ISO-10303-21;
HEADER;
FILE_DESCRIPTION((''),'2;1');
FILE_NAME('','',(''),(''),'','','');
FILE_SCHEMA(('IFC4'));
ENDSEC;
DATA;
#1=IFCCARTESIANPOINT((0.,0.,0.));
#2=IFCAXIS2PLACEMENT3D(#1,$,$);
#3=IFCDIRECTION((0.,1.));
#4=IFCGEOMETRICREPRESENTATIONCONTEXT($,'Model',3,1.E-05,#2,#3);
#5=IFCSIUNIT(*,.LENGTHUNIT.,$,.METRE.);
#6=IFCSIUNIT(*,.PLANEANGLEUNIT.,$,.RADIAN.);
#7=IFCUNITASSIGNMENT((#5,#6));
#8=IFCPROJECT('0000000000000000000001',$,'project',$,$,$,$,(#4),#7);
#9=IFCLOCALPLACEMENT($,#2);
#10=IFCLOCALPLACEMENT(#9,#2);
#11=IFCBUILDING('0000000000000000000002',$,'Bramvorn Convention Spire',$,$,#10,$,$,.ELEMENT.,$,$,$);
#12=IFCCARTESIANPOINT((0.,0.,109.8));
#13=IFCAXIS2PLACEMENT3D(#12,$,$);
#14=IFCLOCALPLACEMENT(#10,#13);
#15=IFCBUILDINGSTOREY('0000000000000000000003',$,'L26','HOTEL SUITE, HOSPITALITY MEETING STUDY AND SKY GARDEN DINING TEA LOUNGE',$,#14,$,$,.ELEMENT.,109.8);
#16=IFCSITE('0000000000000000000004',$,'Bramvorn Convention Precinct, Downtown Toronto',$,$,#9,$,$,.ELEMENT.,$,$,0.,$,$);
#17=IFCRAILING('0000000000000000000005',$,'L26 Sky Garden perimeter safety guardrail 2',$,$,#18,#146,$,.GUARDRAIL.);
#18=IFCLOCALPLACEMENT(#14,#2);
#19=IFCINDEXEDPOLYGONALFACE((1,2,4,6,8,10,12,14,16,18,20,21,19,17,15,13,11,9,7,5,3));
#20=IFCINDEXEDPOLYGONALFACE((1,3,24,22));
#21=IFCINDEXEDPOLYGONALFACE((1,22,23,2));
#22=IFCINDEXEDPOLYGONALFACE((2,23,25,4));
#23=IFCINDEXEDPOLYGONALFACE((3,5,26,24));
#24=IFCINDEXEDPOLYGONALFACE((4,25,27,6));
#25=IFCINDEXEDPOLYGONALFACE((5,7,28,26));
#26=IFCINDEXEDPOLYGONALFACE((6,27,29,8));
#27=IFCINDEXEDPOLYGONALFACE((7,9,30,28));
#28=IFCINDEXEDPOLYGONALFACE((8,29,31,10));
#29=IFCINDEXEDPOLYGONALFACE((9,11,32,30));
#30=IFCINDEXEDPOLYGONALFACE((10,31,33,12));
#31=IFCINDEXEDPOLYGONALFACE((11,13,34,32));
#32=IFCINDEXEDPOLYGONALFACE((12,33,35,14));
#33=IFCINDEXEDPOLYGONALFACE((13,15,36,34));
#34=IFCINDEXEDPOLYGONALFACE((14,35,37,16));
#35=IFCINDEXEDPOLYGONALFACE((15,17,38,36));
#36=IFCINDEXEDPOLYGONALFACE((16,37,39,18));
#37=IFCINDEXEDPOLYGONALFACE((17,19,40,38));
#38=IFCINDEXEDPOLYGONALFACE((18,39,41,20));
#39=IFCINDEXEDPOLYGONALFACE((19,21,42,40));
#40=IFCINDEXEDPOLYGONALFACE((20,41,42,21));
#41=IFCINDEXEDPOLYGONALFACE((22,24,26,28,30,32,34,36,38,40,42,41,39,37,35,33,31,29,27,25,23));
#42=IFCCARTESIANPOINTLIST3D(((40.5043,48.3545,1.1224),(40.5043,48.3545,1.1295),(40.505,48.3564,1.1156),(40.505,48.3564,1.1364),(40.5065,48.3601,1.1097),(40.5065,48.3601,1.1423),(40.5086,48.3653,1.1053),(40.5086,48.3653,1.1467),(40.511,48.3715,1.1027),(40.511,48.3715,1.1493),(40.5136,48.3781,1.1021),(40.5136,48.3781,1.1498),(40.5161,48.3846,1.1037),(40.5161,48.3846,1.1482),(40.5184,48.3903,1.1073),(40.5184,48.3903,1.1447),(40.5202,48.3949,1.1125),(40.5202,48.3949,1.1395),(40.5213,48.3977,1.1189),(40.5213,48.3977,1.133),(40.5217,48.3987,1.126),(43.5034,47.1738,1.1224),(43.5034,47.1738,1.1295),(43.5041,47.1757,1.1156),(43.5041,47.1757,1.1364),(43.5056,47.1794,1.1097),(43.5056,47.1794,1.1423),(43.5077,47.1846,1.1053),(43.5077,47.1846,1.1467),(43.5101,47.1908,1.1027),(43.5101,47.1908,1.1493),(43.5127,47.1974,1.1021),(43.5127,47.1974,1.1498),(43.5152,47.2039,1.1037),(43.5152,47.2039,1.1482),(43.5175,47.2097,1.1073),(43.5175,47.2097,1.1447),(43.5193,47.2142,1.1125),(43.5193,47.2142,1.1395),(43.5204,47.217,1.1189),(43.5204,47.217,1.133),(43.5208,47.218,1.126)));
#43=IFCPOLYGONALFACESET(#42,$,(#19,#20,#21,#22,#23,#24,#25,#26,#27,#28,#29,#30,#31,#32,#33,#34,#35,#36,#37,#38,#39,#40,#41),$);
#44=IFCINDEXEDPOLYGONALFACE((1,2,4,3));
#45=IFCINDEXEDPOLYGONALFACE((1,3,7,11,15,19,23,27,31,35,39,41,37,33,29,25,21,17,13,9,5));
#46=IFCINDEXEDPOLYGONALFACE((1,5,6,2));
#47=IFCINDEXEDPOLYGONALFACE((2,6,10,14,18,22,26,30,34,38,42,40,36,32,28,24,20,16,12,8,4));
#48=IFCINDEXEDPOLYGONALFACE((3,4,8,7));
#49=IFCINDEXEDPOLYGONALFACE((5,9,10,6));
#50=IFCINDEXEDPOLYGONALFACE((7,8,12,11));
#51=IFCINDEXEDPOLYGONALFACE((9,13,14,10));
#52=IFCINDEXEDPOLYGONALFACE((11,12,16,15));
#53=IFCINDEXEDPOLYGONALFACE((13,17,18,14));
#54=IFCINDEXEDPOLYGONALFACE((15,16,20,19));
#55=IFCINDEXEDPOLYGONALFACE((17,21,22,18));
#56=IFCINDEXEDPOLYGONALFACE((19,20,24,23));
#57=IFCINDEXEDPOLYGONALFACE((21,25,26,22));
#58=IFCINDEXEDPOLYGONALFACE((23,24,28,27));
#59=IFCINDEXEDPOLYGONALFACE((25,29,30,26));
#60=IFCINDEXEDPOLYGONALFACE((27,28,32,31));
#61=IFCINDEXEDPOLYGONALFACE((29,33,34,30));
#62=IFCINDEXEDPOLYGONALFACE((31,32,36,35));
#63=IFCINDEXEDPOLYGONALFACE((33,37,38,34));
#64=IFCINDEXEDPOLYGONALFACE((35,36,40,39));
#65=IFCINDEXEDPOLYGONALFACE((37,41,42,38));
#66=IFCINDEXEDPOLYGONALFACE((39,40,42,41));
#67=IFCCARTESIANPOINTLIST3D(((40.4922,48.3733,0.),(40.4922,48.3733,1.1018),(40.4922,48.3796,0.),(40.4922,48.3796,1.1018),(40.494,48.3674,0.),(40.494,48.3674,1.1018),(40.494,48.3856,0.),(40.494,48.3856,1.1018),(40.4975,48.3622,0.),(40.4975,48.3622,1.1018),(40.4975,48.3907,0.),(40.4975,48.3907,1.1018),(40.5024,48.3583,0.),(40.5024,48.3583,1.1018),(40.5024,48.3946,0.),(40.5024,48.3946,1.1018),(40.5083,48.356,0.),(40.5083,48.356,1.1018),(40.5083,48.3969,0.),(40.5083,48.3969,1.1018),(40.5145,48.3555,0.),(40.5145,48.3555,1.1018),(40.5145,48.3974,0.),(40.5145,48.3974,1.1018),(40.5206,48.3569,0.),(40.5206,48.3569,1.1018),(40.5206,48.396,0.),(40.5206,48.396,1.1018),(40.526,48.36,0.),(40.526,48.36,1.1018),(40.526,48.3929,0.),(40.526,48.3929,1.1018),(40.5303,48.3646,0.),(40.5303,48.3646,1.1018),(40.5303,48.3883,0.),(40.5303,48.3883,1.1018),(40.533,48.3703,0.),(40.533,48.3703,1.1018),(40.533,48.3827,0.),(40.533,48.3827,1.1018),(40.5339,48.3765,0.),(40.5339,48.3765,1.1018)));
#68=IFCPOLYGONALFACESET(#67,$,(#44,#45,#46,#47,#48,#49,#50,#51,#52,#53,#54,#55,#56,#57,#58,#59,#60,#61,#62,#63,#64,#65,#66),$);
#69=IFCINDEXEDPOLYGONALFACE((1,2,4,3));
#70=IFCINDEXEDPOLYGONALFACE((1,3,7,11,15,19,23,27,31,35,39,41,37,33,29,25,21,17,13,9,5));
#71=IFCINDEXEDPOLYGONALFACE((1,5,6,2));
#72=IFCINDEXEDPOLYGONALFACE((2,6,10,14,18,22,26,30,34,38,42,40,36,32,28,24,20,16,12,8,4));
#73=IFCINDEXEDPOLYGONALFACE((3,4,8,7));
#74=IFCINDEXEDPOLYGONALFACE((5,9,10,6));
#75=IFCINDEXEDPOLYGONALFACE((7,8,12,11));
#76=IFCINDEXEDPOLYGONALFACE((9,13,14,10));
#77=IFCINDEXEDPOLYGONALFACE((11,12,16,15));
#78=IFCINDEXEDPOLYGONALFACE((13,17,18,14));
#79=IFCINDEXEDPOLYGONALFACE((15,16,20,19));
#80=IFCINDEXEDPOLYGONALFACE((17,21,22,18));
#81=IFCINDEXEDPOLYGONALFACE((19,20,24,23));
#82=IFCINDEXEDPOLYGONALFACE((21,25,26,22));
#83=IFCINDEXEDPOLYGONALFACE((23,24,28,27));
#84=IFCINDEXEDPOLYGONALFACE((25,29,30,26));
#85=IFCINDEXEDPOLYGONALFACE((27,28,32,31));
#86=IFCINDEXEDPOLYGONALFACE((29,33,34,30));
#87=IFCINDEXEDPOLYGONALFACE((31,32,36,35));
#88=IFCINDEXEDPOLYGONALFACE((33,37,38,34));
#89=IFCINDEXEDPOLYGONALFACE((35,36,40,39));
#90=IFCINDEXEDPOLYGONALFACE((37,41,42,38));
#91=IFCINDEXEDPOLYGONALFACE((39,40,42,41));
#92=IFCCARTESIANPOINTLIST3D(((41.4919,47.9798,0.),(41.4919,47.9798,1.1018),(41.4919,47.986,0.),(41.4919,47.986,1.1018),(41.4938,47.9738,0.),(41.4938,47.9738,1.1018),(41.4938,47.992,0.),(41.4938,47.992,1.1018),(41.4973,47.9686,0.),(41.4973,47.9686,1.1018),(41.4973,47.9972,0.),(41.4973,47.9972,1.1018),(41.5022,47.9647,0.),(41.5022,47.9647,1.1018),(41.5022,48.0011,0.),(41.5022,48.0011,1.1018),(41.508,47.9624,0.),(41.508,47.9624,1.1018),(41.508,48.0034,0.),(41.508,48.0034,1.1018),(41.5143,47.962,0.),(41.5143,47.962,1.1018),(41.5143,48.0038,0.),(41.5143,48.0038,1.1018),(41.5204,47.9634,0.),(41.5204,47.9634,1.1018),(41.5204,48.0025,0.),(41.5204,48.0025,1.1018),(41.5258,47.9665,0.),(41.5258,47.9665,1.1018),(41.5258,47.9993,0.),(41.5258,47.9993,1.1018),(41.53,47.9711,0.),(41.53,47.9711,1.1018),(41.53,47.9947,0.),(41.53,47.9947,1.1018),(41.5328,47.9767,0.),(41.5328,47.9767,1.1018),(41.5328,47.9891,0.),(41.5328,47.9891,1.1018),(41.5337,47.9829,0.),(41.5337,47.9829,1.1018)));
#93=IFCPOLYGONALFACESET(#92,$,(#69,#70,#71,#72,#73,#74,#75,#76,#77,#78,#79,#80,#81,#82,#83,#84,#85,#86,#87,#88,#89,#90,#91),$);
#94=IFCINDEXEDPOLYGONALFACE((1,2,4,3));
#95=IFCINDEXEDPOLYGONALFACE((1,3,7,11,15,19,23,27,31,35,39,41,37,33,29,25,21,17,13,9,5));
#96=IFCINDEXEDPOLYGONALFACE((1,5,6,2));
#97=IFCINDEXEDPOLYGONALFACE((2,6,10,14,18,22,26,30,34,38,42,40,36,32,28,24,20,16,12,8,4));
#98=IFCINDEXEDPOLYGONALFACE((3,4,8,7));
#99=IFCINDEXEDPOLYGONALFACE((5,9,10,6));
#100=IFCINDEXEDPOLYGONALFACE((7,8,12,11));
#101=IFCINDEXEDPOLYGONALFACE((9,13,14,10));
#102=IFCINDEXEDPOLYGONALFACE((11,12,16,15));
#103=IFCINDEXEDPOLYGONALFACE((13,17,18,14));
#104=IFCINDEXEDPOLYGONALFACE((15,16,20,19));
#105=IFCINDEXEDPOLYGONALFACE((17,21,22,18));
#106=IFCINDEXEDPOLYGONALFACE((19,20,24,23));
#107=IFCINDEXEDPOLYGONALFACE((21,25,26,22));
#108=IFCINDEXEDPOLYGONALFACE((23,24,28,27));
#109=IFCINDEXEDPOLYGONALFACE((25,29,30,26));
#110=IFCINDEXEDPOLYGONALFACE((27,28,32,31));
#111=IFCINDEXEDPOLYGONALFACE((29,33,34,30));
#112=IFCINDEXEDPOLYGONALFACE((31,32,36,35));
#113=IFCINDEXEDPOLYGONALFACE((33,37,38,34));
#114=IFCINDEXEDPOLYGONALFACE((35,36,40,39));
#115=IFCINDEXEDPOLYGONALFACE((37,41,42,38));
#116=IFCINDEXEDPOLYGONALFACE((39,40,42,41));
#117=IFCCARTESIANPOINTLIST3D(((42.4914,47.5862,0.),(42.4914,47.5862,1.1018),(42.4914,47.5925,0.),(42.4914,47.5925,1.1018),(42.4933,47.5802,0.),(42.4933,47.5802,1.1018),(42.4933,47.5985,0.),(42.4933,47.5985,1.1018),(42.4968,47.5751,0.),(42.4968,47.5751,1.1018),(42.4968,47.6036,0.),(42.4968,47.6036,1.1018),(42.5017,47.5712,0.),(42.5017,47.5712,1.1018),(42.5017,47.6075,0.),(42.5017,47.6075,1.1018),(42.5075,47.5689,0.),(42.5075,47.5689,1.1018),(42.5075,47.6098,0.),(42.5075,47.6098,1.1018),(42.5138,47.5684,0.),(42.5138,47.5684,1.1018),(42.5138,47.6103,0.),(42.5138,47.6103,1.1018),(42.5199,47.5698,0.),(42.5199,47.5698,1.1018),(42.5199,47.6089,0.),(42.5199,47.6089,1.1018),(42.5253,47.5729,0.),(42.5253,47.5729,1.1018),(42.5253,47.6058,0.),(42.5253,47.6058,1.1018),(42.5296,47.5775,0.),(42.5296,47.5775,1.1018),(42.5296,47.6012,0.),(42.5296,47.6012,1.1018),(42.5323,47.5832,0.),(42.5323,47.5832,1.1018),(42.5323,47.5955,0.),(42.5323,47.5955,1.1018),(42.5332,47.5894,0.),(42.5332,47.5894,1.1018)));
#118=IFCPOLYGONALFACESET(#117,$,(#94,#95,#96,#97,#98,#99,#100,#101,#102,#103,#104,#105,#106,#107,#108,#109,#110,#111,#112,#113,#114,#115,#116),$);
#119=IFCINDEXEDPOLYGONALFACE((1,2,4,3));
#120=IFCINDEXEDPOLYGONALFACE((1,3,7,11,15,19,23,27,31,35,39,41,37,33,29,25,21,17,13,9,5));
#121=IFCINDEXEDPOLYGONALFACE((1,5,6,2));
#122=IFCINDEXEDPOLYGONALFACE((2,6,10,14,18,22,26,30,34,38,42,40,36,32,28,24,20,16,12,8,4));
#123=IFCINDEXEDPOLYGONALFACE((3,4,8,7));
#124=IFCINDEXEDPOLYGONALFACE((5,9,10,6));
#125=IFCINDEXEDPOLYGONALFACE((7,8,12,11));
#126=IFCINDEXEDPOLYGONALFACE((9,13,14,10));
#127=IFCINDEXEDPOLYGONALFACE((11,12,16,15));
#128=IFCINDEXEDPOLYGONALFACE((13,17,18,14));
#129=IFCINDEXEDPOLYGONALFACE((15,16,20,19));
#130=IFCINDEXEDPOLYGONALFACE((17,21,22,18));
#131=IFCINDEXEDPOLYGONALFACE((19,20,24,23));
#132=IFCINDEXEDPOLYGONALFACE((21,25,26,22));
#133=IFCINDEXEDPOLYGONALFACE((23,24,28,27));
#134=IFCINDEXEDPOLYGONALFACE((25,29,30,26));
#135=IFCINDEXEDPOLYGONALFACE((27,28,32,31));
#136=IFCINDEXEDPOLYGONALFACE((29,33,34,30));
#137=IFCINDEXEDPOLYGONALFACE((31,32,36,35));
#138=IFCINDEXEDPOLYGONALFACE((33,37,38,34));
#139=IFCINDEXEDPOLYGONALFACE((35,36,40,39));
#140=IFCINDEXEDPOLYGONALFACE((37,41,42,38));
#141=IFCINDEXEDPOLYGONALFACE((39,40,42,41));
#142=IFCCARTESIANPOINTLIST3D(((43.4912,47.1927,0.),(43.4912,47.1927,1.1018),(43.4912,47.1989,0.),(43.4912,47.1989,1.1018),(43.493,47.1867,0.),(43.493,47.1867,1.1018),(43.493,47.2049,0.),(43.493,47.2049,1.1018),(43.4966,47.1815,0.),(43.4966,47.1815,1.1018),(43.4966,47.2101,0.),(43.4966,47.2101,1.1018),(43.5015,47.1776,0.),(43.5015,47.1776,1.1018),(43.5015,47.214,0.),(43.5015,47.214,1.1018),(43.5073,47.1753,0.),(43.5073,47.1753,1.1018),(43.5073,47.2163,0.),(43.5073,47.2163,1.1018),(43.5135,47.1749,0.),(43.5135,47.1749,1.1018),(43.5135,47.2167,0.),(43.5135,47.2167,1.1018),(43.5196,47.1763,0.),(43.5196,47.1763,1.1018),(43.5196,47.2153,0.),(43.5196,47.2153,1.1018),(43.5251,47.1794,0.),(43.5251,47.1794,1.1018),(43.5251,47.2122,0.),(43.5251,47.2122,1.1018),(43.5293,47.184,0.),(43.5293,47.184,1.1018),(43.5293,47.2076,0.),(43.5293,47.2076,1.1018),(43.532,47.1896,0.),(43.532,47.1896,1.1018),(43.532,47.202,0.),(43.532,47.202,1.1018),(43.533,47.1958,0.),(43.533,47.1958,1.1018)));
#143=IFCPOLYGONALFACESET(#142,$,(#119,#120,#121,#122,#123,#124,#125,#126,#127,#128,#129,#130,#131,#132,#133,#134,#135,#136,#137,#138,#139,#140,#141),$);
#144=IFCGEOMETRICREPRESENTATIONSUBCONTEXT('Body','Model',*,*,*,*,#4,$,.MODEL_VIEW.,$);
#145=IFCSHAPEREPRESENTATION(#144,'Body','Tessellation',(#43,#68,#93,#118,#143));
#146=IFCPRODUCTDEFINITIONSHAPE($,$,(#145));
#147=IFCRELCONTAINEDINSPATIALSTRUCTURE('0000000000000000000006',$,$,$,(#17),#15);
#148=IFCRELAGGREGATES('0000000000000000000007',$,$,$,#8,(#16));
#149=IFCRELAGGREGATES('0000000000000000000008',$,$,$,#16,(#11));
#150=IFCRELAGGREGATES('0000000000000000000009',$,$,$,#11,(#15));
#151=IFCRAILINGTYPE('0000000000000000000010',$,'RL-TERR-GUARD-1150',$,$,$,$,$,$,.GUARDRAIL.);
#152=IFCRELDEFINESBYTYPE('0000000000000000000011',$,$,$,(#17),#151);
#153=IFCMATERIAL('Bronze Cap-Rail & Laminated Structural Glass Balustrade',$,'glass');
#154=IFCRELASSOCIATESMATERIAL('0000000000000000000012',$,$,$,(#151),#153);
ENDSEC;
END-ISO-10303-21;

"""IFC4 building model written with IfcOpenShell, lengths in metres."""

from ifc_helpers import new_model, si_unit, direction, frame, origin, origin_2d, place, context, subcontext, project, spatial, circle, extrude, material, type_object, element, save


model = new_model("IFC4")

# Units and contexts
model_context = context("Model", 3, precision=1e-05, world=origin(), true_north=direction((0.0, 1.0)))
body_context = subcontext(model_context, "Body", "Model", "MODEL_VIEW")
ifc_project = project(units=[si_unit("LENGTHUNIT", "METRE"), si_unit("PLANEANGLEUNIT", "RADIAN")], contexts=[model_context])

# Site, building, storey
site_placement = place(None, origin())
site = spatial("IfcSite", under=ifc_project, at=site_placement, Name="Bramvorn Convention Precinct, Downtown Toronto", CompositionType="ELEMENT", RefElevation=0.0)
building_placement = place(site_placement, origin())
building = spatial("IfcBuilding", under=site, at=building_placement, Name="Bramvorn Convention Spire", CompositionType="ELEMENT")
storey_placement = place(building_placement, frame((0.0, 0.0, 109.8)))
storey = spatial("IfcBuildingStorey", under=building, at=storey_placement, Name="L26", Description="HOTEL SUITE, HOSPITALITY MEETING STUDY AND SKY GARDEN DINING TEA LOUNGE", CompositionType="ELEMENT", Elevation=109.8)

# Railing
ifc_material_1 = material(Name="Bronze Cap-Rail & Laminated Structural Glass Balustrade", Category="glass")
railing_type = type_object("IfcRailingType", Name="RL-TERR-GUARD-1150", PredefinedType="GUARDRAIL", material=ifc_material_1)
railing_1_placement = place(storey_placement, frame((40.5129, 48.3765, 0.0)))
element("IfcRailing", 1, at=railing_1_placement, inside=storey, type_object=railing_type, Name="L26 Sky Garden perimeter safety guardrail 2", PredefinedType="GUARDRAIL", context=body_context, shape_type="SweptSolid", body=[
    extrude(circle(Radius=0.0239, at=origin_2d()), frame((0.0, 0.0, 1.126), z_axis=(0.93049, -0.366318, 0.0), x_axis=(0.366318, 0.93049, 0.0)), (0.0, 0.0, 1.0), 3.2231),
    extrude(circle(Radius=0.021, at=origin_2d()), origin(), (0.0, 0.0, 1.0), 1.1018),
    extrude(circle(Radius=0.021, at=origin_2d()), frame((0.9998, -0.3936, 0.0)), (0.0, 0.0, 1.0), 1.1018),
    extrude(circle(Radius=0.021, at=origin_2d()), frame((1.9993, -0.7871, 0.0)), (0.0, 0.0, 1.0), 1.1018),
    extrude(circle(Radius=0.021, at=origin_2d()), frame((2.999, -1.1807, 0.0)), (0.0, 0.0, 1.0), 1.1018),
])

save(model, "model.ifc")
